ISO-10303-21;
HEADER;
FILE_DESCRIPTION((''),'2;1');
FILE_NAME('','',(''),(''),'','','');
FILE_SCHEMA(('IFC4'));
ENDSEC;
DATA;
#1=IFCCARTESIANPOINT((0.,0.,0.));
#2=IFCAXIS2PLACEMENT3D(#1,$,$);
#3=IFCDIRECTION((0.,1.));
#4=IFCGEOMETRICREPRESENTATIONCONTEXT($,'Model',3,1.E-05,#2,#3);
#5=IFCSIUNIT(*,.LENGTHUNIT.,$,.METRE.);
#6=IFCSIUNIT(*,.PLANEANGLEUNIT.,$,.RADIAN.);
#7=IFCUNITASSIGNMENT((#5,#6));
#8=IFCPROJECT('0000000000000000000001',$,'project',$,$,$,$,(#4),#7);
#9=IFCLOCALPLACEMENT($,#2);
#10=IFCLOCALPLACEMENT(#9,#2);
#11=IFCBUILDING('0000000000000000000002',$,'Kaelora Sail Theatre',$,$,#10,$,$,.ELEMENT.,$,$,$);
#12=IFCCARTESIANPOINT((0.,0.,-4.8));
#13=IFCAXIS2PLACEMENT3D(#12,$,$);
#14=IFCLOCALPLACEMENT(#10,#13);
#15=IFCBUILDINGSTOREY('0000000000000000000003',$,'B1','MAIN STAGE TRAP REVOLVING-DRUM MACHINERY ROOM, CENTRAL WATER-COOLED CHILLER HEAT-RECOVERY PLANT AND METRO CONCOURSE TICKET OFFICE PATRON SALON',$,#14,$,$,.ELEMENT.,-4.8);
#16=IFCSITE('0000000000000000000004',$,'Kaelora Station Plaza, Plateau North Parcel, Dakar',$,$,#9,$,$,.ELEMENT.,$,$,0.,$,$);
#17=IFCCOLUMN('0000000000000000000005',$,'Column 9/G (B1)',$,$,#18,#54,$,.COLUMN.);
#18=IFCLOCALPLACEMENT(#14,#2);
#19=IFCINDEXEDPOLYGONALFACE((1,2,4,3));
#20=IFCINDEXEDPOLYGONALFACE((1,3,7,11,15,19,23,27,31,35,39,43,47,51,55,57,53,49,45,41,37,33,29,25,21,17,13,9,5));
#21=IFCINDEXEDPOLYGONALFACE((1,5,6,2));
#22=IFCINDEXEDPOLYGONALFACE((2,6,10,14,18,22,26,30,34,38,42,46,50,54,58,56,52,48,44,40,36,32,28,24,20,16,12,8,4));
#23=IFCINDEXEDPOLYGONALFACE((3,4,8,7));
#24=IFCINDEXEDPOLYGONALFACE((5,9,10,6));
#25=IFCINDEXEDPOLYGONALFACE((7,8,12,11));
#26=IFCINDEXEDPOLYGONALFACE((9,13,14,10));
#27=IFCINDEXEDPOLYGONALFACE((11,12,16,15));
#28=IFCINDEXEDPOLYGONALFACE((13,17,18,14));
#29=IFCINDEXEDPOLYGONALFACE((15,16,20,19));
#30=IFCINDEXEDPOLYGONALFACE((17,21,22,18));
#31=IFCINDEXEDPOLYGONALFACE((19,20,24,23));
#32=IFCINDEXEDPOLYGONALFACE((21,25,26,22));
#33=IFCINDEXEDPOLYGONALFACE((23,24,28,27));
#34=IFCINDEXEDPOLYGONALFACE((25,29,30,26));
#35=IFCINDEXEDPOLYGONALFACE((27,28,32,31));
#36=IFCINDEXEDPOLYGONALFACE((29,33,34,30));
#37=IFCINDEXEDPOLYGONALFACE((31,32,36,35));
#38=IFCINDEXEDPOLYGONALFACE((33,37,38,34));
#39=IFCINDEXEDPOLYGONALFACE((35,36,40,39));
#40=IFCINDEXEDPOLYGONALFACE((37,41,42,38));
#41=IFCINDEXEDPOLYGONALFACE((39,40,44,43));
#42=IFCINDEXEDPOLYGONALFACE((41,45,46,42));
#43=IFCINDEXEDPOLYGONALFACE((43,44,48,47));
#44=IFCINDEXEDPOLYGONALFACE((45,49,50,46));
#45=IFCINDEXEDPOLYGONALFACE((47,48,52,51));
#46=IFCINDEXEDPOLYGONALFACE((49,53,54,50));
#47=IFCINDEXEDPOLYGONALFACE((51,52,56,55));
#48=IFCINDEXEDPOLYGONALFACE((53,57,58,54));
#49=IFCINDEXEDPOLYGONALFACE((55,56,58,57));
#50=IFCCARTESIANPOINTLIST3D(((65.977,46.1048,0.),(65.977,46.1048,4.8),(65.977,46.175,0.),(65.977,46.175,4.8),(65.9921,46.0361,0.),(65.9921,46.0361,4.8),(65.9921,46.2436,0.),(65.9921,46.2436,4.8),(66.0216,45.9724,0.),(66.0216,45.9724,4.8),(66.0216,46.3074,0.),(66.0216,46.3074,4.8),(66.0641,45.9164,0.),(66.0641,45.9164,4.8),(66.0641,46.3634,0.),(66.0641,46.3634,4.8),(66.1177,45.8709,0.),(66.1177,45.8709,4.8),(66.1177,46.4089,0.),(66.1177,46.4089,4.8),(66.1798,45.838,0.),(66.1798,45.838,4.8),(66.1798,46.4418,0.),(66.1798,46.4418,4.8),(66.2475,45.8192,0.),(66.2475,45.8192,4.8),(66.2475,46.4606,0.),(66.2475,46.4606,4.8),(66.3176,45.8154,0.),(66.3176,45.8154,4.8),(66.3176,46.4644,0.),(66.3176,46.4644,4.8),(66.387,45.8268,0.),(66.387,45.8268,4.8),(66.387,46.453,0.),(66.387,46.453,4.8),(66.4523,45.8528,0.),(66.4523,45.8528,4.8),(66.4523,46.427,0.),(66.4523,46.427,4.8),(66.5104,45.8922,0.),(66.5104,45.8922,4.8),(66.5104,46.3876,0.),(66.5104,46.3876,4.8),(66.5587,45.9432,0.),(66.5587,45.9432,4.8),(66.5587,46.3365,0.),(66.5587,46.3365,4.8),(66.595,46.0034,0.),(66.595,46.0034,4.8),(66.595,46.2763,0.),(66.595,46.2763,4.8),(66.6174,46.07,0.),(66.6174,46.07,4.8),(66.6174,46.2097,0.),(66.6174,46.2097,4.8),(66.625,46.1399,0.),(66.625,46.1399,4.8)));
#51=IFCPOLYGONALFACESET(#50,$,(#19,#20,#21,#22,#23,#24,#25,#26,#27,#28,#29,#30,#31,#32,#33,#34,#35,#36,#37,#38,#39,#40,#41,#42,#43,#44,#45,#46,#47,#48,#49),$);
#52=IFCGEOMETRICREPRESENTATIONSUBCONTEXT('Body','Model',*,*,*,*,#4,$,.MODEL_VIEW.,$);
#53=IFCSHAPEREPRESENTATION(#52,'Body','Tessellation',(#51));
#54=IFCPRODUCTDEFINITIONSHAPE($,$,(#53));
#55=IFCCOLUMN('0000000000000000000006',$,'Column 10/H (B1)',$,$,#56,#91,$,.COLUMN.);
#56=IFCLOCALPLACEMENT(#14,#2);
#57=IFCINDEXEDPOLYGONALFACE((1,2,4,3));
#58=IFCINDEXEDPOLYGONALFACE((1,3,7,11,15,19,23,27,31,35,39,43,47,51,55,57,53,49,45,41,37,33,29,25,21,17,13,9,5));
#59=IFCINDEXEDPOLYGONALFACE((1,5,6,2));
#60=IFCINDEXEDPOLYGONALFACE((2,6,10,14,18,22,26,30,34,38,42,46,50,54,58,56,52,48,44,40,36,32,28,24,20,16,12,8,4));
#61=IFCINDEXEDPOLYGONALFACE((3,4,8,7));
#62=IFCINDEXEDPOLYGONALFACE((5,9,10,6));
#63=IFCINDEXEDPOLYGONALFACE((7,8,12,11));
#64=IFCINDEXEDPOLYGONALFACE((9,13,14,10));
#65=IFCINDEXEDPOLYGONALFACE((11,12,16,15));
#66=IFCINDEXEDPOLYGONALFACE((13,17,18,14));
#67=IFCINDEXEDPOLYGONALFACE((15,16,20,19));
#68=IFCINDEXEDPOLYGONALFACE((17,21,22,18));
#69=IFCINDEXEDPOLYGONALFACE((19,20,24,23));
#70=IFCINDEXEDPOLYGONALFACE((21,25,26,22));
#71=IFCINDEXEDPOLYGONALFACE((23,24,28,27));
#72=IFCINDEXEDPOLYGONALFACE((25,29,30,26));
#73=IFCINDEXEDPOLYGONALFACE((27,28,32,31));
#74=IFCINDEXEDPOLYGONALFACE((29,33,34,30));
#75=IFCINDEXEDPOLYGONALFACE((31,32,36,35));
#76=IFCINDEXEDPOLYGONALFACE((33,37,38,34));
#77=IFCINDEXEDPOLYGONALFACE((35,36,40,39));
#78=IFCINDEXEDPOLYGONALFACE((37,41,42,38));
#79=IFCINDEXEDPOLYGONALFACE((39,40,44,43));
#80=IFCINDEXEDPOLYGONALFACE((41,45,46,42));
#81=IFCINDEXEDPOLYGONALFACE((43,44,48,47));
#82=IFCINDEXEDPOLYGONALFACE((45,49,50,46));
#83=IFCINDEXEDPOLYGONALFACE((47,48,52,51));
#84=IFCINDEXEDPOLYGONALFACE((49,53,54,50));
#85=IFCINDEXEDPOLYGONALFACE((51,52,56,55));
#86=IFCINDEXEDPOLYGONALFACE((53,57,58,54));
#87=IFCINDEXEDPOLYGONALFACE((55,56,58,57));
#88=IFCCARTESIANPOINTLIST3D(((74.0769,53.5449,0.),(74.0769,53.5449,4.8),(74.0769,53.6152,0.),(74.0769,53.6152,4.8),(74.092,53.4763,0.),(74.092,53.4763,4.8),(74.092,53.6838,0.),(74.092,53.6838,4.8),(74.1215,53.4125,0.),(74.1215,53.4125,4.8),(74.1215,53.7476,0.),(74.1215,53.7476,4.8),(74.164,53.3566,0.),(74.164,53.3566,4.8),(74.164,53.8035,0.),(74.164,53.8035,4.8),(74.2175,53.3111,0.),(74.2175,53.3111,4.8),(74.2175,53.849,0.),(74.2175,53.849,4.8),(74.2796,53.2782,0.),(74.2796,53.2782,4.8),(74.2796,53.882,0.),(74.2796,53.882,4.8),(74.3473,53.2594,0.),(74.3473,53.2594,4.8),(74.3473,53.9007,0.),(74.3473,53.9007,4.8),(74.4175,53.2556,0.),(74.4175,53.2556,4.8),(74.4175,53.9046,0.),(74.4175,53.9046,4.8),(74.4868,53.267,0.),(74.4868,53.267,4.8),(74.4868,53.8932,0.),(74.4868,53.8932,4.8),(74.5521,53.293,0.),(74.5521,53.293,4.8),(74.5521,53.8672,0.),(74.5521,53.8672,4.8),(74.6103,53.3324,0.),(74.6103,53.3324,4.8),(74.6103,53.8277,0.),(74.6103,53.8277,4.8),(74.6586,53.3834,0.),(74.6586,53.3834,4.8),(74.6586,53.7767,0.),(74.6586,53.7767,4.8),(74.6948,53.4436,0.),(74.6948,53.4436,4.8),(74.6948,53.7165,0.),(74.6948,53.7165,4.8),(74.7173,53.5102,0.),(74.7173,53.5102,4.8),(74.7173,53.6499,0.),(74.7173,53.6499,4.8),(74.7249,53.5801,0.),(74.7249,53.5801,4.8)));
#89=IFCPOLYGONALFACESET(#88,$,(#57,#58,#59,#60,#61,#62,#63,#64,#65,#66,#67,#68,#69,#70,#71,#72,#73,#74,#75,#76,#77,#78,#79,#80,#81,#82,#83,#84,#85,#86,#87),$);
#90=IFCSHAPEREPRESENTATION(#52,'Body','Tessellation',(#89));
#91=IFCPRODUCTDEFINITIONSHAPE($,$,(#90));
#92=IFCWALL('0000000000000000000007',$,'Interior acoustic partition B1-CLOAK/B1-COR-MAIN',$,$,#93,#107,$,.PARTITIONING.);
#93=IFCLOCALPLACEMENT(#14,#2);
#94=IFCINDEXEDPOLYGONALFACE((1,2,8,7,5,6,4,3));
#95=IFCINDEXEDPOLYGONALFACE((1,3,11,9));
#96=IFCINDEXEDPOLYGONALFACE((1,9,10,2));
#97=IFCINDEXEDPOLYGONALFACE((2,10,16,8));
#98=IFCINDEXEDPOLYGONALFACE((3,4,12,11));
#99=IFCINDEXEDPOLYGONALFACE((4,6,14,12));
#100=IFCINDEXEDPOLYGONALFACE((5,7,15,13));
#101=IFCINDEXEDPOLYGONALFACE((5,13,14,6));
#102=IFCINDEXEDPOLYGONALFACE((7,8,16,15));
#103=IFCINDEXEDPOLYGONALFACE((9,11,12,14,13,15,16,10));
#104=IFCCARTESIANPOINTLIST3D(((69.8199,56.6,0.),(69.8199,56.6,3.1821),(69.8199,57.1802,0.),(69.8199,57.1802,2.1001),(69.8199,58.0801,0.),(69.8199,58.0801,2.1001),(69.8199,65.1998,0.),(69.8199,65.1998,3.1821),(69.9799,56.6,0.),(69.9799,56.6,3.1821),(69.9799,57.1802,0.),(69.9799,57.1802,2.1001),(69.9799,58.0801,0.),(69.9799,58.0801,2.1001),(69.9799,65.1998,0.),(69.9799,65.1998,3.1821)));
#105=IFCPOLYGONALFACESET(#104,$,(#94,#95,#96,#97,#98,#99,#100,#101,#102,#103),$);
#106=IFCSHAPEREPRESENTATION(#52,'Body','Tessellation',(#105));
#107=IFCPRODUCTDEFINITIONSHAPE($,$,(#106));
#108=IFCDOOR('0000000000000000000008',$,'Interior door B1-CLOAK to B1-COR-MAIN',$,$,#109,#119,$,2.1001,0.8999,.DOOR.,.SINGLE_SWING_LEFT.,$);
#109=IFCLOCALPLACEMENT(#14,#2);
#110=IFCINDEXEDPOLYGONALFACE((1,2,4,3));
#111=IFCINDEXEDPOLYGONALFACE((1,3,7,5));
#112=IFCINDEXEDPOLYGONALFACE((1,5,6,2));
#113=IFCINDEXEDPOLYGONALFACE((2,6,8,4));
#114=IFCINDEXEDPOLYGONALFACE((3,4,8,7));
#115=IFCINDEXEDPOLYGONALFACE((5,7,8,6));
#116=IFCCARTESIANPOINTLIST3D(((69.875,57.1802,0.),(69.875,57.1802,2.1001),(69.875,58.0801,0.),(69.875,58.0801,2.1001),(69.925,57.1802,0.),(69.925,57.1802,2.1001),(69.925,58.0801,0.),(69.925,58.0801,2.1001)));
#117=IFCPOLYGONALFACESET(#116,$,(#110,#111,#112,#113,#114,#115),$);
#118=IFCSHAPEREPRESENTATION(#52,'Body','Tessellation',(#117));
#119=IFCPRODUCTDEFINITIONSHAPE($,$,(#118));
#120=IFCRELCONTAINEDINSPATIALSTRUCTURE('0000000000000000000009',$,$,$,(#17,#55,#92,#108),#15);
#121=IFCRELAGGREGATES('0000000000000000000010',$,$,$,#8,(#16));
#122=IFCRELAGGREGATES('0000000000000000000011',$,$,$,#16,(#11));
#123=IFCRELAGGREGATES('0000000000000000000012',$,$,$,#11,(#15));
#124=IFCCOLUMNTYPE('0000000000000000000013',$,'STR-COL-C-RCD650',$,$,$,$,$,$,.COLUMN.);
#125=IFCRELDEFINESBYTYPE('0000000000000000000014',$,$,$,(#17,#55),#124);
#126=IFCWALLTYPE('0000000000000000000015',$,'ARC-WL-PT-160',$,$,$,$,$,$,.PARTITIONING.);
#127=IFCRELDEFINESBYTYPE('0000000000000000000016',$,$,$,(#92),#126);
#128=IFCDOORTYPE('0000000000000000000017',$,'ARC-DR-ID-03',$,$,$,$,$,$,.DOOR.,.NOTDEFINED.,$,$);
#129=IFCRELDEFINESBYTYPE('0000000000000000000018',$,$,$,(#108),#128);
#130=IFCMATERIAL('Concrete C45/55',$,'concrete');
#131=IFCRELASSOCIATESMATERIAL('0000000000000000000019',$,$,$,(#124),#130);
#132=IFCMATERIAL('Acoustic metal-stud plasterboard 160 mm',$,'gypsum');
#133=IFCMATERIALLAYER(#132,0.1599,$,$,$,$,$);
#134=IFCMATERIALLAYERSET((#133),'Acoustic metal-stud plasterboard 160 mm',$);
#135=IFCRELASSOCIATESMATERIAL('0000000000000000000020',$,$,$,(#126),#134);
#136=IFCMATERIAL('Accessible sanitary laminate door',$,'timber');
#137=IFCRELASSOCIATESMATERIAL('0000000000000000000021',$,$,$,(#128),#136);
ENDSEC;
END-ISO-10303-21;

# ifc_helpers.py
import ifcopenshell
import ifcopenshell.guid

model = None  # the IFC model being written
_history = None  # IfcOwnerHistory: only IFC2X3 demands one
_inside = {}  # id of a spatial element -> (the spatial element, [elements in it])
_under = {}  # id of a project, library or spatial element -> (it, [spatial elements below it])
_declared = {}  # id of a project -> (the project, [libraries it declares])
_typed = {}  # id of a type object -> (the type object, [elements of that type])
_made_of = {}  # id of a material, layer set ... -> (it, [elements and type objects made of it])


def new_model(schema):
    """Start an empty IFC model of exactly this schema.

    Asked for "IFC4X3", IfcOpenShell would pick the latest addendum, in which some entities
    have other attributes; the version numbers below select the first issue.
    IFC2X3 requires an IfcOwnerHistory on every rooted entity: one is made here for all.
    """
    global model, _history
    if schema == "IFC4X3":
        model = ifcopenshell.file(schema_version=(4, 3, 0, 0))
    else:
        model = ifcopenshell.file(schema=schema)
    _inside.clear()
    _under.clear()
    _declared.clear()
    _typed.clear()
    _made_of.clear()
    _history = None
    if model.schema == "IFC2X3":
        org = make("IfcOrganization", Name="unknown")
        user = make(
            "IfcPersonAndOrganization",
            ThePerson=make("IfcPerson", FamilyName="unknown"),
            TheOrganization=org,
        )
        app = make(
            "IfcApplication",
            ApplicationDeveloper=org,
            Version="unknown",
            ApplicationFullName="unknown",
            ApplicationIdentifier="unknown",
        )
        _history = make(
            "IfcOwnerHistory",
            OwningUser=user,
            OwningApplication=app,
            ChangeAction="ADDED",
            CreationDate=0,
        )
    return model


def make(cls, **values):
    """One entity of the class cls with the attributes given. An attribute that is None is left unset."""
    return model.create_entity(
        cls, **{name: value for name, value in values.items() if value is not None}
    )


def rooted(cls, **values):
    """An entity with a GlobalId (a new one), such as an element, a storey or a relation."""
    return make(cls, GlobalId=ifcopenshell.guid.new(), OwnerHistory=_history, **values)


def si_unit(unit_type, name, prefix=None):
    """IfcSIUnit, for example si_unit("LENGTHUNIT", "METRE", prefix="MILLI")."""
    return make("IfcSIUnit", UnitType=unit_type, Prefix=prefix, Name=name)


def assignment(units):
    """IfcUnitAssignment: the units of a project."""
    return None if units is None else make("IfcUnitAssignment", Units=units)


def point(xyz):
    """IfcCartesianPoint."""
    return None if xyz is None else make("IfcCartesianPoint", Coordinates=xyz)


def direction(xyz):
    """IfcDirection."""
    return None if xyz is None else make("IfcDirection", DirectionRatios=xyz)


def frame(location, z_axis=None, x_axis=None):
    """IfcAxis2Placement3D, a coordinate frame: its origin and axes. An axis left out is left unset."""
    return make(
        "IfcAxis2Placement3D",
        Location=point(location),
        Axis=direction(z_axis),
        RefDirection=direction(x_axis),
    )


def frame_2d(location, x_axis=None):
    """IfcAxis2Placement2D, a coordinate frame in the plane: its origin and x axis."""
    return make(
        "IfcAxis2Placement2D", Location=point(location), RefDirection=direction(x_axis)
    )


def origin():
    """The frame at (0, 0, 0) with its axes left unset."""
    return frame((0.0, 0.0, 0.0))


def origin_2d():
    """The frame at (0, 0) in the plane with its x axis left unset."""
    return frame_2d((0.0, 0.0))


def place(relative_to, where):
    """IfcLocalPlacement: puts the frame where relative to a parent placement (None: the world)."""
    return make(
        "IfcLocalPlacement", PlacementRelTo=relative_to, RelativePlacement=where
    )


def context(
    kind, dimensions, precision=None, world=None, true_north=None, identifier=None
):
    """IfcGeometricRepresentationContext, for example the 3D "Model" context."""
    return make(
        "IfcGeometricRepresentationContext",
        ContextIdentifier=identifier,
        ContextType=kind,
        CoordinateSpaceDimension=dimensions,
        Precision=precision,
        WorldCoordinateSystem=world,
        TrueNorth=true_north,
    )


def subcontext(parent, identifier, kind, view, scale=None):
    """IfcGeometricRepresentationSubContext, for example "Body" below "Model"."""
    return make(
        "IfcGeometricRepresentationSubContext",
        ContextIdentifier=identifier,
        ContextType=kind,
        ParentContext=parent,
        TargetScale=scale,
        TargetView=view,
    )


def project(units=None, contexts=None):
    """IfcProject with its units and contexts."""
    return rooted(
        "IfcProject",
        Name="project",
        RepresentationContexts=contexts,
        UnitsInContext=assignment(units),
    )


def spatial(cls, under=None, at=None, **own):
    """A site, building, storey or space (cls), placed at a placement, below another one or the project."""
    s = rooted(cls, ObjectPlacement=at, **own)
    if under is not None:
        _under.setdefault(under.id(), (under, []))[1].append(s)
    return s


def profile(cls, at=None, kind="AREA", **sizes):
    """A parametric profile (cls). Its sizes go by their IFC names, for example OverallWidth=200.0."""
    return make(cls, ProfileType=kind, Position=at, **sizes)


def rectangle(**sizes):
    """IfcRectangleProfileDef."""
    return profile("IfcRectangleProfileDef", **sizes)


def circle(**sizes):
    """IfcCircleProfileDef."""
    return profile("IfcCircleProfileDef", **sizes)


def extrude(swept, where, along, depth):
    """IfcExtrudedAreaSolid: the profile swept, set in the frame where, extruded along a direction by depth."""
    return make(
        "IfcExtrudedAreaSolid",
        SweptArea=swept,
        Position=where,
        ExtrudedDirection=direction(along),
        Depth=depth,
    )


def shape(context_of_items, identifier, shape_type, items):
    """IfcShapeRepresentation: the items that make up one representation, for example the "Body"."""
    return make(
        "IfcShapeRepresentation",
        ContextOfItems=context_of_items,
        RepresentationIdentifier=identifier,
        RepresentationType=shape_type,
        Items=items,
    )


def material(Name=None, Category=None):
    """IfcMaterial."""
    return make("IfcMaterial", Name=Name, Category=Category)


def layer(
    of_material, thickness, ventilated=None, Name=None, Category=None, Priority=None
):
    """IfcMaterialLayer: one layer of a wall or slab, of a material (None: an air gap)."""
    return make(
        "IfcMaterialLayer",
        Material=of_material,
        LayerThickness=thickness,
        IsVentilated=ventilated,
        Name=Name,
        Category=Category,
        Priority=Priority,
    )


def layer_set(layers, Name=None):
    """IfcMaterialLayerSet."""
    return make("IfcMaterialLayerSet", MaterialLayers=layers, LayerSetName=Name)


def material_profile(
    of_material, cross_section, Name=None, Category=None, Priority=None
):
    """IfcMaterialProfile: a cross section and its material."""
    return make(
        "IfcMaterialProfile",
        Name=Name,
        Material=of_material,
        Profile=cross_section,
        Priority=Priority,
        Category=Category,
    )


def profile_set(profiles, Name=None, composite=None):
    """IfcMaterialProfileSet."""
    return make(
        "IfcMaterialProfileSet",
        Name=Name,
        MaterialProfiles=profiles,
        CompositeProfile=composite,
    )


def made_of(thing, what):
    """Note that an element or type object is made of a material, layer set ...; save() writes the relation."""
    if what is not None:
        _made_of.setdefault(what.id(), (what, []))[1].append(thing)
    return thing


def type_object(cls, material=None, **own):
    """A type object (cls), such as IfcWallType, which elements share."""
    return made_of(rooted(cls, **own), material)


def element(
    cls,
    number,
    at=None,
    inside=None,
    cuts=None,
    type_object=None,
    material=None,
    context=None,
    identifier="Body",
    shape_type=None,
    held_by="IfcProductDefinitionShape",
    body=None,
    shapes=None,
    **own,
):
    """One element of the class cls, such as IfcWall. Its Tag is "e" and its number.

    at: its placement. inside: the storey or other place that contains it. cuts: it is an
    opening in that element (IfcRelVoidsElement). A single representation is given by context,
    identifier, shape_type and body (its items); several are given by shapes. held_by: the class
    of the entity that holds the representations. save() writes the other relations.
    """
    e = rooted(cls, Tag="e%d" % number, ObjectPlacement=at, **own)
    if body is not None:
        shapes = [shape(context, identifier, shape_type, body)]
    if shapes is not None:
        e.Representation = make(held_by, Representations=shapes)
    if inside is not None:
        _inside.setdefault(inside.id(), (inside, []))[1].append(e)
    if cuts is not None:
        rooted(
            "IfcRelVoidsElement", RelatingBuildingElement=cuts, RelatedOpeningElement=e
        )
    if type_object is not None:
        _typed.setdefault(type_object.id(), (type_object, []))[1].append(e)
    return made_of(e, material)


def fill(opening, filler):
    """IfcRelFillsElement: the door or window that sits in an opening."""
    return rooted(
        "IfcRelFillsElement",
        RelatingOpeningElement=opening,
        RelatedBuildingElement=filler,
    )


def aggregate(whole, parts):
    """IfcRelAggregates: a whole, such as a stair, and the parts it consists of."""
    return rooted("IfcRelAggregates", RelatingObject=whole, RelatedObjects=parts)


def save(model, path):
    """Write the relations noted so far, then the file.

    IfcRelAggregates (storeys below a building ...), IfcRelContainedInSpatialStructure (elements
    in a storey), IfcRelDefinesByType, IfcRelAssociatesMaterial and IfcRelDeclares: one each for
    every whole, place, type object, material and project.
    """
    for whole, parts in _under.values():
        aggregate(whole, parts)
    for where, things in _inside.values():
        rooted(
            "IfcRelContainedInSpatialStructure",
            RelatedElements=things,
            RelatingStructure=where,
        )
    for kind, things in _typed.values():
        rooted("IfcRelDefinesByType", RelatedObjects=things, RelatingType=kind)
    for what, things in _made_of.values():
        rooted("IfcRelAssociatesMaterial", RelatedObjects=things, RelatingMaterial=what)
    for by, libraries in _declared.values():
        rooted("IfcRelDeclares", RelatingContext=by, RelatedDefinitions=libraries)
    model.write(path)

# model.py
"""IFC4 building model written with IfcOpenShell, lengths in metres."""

from ifc_helpers import new_model, si_unit, direction, frame, frame_2d, origin, origin_2d, place, context, subcontext, project, spatial, rectangle, circle, extrude, material, layer, layer_set, material_profile, profile_set, type_object, element, fill, save


model = new_model("IFC4")

# Units and contexts
model_context = context("Model", 3, precision=1e-05, world=origin(), true_north=direction((0.0, 1.0)))
body_context = subcontext(model_context, "Body", "Model", "MODEL_VIEW")
ifc_project = project(units=[si_unit("LENGTHUNIT", "METRE"), si_unit("PLANEANGLEUNIT", "RADIAN")], contexts=[model_context])

# Site, building, storey
site_placement = place(None, origin())
site = spatial("IfcSite", under=ifc_project, at=site_placement, Name="Kaelora Station Plaza, Plateau North Parcel, Dakar", CompositionType="ELEMENT", RefElevation=0.0)
building_placement = place(site_placement, origin())
building = spatial("IfcBuilding", under=site, at=building_placement, Name="Kaelora Sail Theatre", CompositionType="ELEMENT")
storey_placement = place(building_placement, frame((0.0, 0.0, -4.8)))
storey = spatial("IfcBuildingStorey", under=building, at=storey_placement, Name="B1", Description="MAIN STAGE TRAP REVOLVING-DRUM MACHINERY ROOM, CENTRAL WATER-COOLED CHILLER HEAT-RECOVERY PLANT AND METRO CONCOURSE TICKET OFFICE PATRON SALON", CompositionType="ELEMENT", Elevation=-4.8)

# Columns
ifc_material_1 = material(Name="Concrete C45/55", Category="concrete")
ifc_material_profile_1 = material_profile(ifc_material_1, circle(Radius=0.325, at=origin_2d()), Name="RC-CCOL D650")
ifc_profile_set_1 = profile_set([ifc_material_profile_1], Name="Concrete C45/55")
column_type_1 = type_object("IfcColumnType", Name="STR-COL-C-RCD650", PredefinedType="COLUMN", material=ifc_profile_set_1)
for number, where, z_axis, x_axis, name in (
    (1, (66.3, 46.1399, 0.0), (0.0, 0.0, 1.0), (1.0, 0.0, 0.0), "Column 9/G (B1)"),
    (2, (74.3999, 53.5801, 0.0), (0.0, 0.0, 1.0), (1.0, 0.0, 0.0), "Column 10/H (B1)"),
):
    element("IfcColumn", number, at=place(storey_placement, frame(where, z_axis=z_axis, x_axis=x_axis)), inside=storey, type_object=column_type_1, Name=name, PredefinedType="COLUMN", context=body_context, shape_type="SweptSolid", body=[
        extrude(circle(Radius=0.325, at=origin_2d()), origin(), (0.0, 0.0, 1.0), 4.8),
    ])

# Wall, opening, door
ifc_material_2 = material(Name="Acoustic metal-stud plasterboard 160 mm", Category="gypsum")
ifc_layer = layer(ifc_material_2, 0.1599)
ifc_layer_set = layer_set([ifc_layer], Name="Acoustic metal-stud plasterboard 160 mm")
wall_type = type_object("IfcWallType", Name="ARC-WL-PT-160", PredefinedType="PARTITIONING", material=ifc_layer_set)
wall_placement = place(storey_placement, frame((69.8999, 56.6001, 0.0), z_axis=(0.0, 0.0, 1.0), x_axis=(0.0, 1.0, 0.0)))
wall = element("IfcWall", 3, at=wall_placement, inside=storey, type_object=wall_type, Name="Interior acoustic partition B1-CLOAK/B1-COR-MAIN", PredefinedType="PARTITIONING", context=body_context, shape_type="SweptSolid", body=[
    extrude(rectangle(XDim=8.5999, YDim=0.1599, at=frame_2d((4.2998, 0.0))), origin(), (0.0, 0.0, 1.0), 3.1821),
])
opening_placement = place(wall_placement, frame((0.5801, 0.0, 0.0)))
opening = element("IfcOpeningElement", 4, at=opening_placement, cuts=wall, PredefinedType="OPENING", context=body_context, shape_type="SweptSolid", body=[
    extrude(rectangle(XDim=0.8999, YDim=2.1001, at=frame_2d((0.45, 1.05))), frame((0.0, 0.0901, 0.0), z_axis=(0.0, -1.0, 0.0), x_axis=(1.0, 0.0, 0.0)), (0.0, 0.0, 1.0), 0.1799),
])
ifc_material_3 = material(Name="Accessible sanitary laminate door", Category="timber")
door_type = type_object("IfcDoorType", Name="ARC-DR-ID-03", OperationType="NOTDEFINED", PredefinedType="DOOR", material=ifc_material_3)
door_placement = place(opening_placement, origin())
door = element("IfcDoor", 5, at=door_placement, inside=storey, type_object=door_type, Name="Interior door B1-CLOAK to B1-COR-MAIN", OperationType="SINGLE_SWING_LEFT", OverallHeight=2.1001, OverallWidth=0.8999, PredefinedType="DOOR", context=body_context, shape_type="SweptSolid", body=[
    extrude(rectangle(XDim=0.8999, YDim=2.1001, at=frame_2d((0.45, 1.05))), frame((0.0, 0.0249, 0.0), z_axis=(0.0, -1.0, 0.0), x_axis=(1.0, 0.0, 0.0)), (0.0, 0.0, 1.0), 0.05),
])
fill(opening, door)

save(model, "model.ifc")
